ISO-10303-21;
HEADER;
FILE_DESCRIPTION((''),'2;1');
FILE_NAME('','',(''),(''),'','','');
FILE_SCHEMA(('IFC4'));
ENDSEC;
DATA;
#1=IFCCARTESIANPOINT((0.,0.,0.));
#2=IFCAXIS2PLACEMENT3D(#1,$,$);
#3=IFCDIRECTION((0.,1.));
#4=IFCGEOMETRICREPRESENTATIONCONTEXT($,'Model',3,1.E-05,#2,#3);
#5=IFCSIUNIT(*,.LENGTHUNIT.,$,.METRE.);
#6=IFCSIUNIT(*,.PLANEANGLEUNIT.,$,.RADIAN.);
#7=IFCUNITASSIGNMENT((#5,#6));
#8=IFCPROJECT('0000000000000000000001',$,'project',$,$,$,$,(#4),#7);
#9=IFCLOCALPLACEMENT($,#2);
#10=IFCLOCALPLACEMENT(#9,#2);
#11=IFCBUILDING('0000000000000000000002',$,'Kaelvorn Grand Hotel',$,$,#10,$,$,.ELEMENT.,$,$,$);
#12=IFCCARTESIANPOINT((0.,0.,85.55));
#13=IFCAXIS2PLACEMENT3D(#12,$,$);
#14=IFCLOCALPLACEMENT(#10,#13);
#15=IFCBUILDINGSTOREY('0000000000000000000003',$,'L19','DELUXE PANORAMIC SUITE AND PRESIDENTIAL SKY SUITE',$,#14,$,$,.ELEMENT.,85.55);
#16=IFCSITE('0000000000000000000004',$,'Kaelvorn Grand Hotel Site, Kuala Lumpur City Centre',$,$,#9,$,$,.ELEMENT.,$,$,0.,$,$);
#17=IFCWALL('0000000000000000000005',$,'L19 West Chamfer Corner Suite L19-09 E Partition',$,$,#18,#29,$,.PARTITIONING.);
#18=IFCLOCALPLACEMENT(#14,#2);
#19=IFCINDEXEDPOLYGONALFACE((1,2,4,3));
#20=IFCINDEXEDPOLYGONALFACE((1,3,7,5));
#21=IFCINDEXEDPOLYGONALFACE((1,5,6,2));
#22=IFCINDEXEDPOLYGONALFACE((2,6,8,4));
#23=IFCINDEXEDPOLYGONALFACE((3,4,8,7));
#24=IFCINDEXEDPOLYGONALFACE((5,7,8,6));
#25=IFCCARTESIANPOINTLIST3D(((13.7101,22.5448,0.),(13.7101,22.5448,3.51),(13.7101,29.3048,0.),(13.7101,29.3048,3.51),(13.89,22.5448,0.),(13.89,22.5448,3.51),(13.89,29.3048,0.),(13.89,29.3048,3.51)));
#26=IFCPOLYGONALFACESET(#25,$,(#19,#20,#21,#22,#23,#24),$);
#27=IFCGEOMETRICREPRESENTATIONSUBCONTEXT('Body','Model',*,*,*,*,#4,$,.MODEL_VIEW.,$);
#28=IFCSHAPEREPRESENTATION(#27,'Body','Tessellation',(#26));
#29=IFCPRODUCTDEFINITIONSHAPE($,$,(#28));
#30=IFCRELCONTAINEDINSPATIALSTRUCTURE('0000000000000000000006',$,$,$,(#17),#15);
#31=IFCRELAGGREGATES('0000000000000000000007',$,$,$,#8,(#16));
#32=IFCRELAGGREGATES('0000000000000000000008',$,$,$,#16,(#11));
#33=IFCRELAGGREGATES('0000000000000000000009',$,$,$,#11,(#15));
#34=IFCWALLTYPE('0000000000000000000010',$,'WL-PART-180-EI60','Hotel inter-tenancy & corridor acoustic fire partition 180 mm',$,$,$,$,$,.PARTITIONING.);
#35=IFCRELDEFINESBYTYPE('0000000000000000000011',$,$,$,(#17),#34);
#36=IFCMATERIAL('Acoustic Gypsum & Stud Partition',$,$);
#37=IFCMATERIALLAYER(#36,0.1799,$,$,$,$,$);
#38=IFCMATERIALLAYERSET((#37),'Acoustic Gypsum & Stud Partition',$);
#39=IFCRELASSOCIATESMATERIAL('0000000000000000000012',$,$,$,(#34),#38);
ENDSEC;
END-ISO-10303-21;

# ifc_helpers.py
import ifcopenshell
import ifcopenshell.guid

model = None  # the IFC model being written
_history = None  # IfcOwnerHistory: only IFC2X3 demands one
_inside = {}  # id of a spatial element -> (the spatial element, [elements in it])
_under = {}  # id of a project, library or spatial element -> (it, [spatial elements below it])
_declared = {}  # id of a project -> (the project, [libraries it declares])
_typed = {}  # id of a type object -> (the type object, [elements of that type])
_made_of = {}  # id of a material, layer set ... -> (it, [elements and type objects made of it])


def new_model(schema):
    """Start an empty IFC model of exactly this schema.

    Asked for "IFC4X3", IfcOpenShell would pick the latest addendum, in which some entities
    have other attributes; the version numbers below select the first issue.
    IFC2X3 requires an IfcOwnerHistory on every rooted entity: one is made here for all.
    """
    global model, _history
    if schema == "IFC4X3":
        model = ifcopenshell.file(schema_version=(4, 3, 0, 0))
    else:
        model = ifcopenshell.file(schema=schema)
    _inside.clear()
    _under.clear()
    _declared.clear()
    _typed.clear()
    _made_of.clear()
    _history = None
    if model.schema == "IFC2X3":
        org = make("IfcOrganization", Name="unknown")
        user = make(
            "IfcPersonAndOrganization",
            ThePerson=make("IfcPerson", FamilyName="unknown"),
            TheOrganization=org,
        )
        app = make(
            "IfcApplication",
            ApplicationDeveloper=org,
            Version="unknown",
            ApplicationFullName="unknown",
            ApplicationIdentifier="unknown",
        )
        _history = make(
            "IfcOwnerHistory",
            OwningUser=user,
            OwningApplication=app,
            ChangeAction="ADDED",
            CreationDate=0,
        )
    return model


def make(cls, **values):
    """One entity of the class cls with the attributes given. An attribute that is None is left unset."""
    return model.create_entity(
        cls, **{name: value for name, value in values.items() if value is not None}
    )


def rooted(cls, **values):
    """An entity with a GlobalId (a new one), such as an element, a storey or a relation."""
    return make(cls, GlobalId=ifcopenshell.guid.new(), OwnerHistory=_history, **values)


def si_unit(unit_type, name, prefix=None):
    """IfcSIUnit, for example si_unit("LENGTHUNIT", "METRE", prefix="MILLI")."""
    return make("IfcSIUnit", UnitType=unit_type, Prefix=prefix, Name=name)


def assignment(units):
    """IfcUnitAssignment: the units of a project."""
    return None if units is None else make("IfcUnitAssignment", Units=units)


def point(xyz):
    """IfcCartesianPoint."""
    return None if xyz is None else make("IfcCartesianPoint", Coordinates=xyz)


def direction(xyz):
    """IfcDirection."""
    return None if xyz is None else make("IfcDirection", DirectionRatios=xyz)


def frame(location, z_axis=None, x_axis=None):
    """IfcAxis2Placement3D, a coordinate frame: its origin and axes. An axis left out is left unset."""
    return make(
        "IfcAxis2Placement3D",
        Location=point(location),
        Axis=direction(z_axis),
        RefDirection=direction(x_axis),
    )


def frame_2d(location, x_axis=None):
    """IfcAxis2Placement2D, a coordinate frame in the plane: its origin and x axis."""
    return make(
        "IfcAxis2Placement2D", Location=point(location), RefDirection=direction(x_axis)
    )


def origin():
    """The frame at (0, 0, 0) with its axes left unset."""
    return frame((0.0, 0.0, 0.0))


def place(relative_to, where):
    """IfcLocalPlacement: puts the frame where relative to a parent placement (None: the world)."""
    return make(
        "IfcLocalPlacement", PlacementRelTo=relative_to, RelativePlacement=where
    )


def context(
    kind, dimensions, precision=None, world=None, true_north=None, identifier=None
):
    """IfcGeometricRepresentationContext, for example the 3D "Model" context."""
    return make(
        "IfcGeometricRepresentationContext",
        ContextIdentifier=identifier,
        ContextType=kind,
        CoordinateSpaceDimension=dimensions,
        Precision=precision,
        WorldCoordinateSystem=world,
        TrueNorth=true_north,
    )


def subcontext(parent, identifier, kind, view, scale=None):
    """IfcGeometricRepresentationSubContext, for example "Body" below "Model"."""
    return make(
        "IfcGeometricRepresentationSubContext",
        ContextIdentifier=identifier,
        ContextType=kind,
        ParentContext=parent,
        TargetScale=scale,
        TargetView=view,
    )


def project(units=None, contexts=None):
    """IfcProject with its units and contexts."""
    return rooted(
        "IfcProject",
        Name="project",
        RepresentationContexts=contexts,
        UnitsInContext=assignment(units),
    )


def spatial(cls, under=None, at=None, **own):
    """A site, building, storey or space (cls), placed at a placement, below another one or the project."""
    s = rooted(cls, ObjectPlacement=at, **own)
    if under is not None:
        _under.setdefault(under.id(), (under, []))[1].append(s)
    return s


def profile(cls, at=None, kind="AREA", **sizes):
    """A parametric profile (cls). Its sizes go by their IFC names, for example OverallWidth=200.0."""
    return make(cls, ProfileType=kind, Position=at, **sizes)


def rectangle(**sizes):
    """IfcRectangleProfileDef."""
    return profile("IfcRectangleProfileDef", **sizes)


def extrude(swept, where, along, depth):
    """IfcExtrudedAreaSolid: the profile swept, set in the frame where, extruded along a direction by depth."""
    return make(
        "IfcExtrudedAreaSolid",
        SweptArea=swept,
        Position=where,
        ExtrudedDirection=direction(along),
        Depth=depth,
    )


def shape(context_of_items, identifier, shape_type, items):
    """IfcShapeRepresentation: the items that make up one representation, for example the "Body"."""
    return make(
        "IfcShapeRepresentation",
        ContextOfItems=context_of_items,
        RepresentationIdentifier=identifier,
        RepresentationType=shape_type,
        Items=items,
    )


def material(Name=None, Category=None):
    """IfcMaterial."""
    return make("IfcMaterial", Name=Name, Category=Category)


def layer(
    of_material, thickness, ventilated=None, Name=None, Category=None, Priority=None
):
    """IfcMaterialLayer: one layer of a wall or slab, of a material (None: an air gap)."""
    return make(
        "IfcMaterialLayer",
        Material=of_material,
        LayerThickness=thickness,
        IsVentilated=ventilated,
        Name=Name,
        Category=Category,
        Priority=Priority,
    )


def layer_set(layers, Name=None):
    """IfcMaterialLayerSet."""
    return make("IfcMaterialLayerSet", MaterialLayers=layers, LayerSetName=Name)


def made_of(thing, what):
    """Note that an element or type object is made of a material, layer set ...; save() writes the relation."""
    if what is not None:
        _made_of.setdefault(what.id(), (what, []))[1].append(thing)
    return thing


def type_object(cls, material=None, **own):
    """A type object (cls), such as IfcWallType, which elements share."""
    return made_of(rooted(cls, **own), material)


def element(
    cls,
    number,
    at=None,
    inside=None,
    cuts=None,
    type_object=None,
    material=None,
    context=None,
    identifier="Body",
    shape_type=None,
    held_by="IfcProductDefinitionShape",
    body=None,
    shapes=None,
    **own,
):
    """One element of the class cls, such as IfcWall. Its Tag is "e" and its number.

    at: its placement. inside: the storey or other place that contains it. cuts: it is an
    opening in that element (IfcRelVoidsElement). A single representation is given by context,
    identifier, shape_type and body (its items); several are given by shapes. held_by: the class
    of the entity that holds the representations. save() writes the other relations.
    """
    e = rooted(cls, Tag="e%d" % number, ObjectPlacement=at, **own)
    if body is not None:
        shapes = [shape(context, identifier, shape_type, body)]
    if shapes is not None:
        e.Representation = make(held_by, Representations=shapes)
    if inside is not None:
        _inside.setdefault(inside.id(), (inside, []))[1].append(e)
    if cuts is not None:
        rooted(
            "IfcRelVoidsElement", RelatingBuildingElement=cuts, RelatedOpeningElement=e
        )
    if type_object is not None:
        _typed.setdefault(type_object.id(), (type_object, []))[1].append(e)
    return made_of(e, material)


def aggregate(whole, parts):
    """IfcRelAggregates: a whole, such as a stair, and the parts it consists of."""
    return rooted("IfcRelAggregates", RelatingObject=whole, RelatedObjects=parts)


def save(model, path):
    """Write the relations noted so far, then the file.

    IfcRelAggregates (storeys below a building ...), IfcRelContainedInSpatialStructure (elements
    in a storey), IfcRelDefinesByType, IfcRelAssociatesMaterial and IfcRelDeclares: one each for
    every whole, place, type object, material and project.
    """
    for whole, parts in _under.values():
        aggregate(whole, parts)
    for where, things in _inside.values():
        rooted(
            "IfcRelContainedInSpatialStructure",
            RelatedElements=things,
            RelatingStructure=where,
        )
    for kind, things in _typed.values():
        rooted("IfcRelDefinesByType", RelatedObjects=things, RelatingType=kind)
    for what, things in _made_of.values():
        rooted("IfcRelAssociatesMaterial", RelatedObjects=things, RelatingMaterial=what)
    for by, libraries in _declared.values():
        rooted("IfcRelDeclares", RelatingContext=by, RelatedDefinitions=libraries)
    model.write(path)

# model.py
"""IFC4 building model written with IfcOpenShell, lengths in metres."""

from ifc_helpers import new_model, si_unit, direction, frame, frame_2d, origin, place, context, subcontext, project, spatial, rectangle, extrude, material, layer, layer_set, type_object, element, save


model = new_model("IFC4")

# Units and contexts
model_context = context("Model", 3, precision=1e-05, world=origin(), true_north=direction((0.0, 1.0)))
body_context = subcontext(model_context, "Body", "Model", "MODEL_VIEW")
ifc_project = project(units=[si_unit("LENGTHUNIT", "METRE"), si_unit("PLANEANGLEUNIT", "RADIAN")], contexts=[model_context])

# Site, building, storey
site_placement = place(None, origin())
site = spatial("IfcSite", under=ifc_project, at=site_placement, Name="Kaelvorn Grand Hotel Site, Kuala Lumpur City Centre", CompositionType="ELEMENT", RefElevation=0.0)
building_placement = place(site_placement, origin())
building = spatial("IfcBuilding", under=site, at=building_placement, Name="Kaelvorn Grand Hotel", CompositionType="ELEMENT")
storey_placement = place(building_placement, frame((0.0, 0.0, 85.55)))
storey = spatial("IfcBuildingStorey", under=building, at=storey_placement, Name="L19", Description="DELUXE PANORAMIC SUITE AND PRESIDENTIAL SKY SUITE", CompositionType="ELEMENT", Elevation=85.55)

# Shared definitions
ifc_material_1 = material(Name="Acoustic Gypsum & Stud Partition")
ifc_layer_1 = layer(ifc_material_1, 0.1799)
ifc_layer_set_1 = layer_set([ifc_layer_1], Name="Acoustic Gypsum & Stud Partition")
wall_type_1 = type_object("IfcWallType", Name="WL-PART-180-EI60", Description="Hotel inter-tenancy & corridor acoustic fire partition 180 mm", PredefinedType="PARTITIONING", material=ifc_layer_set_1)

# Wall
wall_1_placement = place(storey_placement, frame((13.8, 22.5449, 0.0), z_axis=(0.0, 0.0, 1.0), x_axis=(0.0, 1.0, 0.0)))
element("IfcWall", 1, at=wall_1_placement, inside=storey, type_object=wall_type_1, Name="L19 West Chamfer Corner Suite L19-09 E Partition", PredefinedType="PARTITIONING", context=body_context, shape_type="SweptSolid", body=[
    extrude(rectangle(XDim=6.76, YDim=0.1799, at=frame_2d((3.3799, 0.0))), origin(), (0.0, 0.0, 1.0), 3.51),
])

save(model, "model.ifc")
